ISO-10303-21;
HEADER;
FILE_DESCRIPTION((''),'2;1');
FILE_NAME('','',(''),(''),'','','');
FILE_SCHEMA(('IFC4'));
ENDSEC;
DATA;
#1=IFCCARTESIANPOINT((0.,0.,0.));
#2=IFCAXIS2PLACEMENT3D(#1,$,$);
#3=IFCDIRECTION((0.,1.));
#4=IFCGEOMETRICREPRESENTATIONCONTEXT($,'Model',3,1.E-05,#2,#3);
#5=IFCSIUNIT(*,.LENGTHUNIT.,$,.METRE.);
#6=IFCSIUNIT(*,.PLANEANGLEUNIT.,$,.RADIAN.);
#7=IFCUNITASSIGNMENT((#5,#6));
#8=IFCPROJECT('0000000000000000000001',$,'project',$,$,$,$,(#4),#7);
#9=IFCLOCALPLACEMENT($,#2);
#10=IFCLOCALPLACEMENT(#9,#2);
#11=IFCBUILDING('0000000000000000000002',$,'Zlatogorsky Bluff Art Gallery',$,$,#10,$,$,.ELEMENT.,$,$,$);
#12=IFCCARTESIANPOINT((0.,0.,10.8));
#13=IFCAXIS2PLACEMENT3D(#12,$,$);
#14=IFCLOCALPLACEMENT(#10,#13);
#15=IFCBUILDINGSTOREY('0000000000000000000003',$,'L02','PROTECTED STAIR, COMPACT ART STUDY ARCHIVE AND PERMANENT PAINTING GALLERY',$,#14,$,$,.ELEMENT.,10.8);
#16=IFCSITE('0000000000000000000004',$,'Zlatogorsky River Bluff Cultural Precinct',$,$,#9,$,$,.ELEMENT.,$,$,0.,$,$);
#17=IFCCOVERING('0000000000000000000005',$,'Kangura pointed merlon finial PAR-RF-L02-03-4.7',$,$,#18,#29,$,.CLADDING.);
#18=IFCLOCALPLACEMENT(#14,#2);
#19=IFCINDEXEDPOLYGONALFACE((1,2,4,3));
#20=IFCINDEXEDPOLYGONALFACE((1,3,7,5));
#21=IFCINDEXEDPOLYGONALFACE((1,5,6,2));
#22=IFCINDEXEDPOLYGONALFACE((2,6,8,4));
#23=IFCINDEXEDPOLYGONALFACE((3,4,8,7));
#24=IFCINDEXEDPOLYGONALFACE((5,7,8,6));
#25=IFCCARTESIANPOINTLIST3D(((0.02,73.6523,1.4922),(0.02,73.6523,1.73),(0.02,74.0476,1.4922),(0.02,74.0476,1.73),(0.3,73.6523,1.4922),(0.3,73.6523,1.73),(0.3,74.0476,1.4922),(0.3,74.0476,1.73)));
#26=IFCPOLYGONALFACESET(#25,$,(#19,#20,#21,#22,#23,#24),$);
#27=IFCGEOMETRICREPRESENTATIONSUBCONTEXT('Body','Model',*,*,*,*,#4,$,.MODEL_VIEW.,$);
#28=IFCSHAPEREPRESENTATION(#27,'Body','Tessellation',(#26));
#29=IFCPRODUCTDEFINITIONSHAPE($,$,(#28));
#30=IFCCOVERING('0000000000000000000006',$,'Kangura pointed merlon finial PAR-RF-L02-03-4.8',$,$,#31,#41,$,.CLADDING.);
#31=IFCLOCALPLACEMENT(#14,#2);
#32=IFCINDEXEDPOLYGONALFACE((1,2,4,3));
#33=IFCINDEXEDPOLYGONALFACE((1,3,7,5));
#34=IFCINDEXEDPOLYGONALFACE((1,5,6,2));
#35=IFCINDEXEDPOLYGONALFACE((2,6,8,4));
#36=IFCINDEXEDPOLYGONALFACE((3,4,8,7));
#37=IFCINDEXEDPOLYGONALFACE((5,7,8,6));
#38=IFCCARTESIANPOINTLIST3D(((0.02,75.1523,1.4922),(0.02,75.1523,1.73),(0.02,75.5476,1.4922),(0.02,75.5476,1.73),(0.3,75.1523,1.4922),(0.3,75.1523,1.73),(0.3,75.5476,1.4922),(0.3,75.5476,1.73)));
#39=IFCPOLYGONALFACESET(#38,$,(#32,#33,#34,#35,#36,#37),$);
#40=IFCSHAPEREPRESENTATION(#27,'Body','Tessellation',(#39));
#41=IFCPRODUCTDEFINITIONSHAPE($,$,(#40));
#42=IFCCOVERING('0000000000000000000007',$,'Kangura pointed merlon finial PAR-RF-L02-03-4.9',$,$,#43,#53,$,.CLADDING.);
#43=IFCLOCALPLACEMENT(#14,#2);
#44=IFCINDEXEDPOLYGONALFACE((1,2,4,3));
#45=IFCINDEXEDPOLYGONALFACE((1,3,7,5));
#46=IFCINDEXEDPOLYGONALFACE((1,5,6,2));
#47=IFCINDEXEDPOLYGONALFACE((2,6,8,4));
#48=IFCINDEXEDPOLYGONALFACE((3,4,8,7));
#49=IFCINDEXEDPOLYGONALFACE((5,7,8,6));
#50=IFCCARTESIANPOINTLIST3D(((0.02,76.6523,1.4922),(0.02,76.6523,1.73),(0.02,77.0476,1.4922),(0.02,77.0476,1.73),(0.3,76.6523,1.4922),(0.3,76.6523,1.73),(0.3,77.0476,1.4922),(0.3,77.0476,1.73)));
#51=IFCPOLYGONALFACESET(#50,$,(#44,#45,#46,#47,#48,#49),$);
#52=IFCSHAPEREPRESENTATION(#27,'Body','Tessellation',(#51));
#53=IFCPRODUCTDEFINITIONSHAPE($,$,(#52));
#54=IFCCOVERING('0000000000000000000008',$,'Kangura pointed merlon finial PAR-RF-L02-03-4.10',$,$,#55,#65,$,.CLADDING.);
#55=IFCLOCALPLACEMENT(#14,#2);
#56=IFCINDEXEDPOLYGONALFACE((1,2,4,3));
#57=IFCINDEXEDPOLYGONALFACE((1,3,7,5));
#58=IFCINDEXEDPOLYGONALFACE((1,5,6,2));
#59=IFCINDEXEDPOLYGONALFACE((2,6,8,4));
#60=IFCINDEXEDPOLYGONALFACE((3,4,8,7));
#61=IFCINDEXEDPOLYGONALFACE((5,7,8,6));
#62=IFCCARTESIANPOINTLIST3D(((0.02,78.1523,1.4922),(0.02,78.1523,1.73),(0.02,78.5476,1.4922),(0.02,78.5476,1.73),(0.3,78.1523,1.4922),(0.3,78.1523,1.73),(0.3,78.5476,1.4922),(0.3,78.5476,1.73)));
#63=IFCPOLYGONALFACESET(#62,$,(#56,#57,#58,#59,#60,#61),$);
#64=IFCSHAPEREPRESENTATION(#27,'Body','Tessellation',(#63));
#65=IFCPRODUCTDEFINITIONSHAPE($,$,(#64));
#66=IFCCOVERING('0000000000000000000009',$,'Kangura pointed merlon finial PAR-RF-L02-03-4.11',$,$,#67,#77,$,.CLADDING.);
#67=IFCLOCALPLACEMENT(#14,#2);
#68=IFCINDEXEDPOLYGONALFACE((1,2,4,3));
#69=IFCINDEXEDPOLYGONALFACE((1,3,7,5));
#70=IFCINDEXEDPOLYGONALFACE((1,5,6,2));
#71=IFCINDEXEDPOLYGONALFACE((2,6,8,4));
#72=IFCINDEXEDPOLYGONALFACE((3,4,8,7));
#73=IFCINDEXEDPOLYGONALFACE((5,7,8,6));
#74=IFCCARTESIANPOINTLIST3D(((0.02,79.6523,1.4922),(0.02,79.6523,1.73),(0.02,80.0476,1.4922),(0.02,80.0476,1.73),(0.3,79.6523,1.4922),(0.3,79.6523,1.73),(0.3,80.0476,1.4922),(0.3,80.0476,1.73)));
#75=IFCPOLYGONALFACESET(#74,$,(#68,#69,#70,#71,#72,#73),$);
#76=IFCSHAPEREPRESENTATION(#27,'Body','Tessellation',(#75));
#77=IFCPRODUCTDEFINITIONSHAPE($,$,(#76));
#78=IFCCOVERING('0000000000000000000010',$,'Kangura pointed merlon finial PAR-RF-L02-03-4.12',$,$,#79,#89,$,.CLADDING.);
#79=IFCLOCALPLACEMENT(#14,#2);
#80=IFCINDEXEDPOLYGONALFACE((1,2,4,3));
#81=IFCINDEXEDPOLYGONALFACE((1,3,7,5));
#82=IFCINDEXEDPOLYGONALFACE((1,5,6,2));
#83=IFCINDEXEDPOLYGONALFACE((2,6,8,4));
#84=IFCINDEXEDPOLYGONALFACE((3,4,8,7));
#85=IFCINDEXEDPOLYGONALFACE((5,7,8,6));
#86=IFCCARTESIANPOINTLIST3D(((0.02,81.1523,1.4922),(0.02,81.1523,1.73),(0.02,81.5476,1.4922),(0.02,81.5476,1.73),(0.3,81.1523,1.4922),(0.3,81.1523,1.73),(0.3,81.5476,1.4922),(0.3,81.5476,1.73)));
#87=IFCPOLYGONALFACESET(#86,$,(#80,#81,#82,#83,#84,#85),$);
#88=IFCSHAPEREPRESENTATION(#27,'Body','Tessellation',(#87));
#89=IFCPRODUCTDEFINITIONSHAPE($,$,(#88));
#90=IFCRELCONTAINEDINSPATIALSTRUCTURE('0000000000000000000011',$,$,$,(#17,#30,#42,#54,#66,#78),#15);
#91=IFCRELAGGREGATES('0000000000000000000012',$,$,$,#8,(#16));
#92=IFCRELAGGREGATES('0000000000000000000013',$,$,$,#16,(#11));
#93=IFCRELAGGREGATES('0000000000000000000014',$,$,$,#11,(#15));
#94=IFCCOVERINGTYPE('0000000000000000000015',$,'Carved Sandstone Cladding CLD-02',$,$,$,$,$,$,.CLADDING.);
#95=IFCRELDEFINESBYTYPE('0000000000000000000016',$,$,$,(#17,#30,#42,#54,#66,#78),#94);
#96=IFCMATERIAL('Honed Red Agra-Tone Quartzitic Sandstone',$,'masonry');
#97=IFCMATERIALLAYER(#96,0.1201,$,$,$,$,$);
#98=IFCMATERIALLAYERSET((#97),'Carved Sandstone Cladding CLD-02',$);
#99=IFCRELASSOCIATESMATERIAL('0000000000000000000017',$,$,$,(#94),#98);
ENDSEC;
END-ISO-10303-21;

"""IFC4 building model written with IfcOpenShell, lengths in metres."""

from ifc_helpers import new_model, si_unit, direction, frame, origin, place, context, subcontext, project, spatial, polyline, outline, extrude, material, layer, layer_set, type_object, element, save


model = new_model("IFC4")

# Units and contexts
model_context = context("Model", 3, precision=1e-05, world=origin(), true_north=direction((0.0, 1.0)))
body_context = subcontext(model_context, "Body", "Model", "MODEL_VIEW")
ifc_project = project(units=[si_unit("LENGTHUNIT", "METRE"), si_unit("PLANEANGLEUNIT", "RADIAN")], contexts=[model_context])

# Site, building, storey
site_placement = place(None, origin())
site = spatial("IfcSite", under=ifc_project, at=site_placement, Name="Zlatogorsky River Bluff Cultural Precinct", CompositionType="ELEMENT", RefElevation=0.0)
building_placement = place(site_placement, origin())
building = spatial("IfcBuilding", under=site, at=building_placement, Name="Zlatogorsky Bluff Art Gallery", CompositionType="ELEMENT")
storey_placement = place(building_placement, frame((0.0, 0.0, 10.8)))
storey = spatial("IfcBuildingStorey", under=building, at=storey_placement, Name="L02", Description="PROTECTED STAIR, COMPACT ART STUDY ARCHIVE AND PERMANENT PAINTING GALLERY", CompositionType="ELEMENT", Elevation=10.8)

# Coverings
ifc_material = material(Name="Honed Red Agra-Tone Quartzitic Sandstone", Category="masonry")
ifc_layer = layer(ifc_material, 0.1201)
ifc_layer_set = layer_set([ifc_layer], Name="Carved Sandstone Cladding CLD-02")
covering_type = type_object("IfcCoveringType", Name="Carved Sandstone Cladding CLD-02", PredefinedType="CLADDING", material=ifc_layer_set)
covering_1_placement = place(storey_placement, frame((0.0, 0.0, 1.4922)))
element("IfcCovering", 1, at=covering_1_placement, inside=storey, type_object=covering_type, Name="Kangura pointed merlon finial PAR-RF-L02-03-4.7", PredefinedType="CLADDING", context=body_context, shape_type="SweptSolid", body=[
    extrude(outline(polyline([(0.02, 73.6523), (0.02, 74.0476), (0.3, 74.0476), (0.3, 73.6523), (0.02, 73.6523)])), origin(), (0.0, 0.0, 1.0), 0.2378),
])
covering_2_placement = place(storey_placement, frame((0.0, 0.0, 1.4922)))
element("IfcCovering", 2, at=covering_2_placement, inside=storey, type_object=covering_type, Name="Kangura pointed merlon finial PAR-RF-L02-03-4.8", PredefinedType="CLADDING", context=body_context, shape_type="SweptSolid", body=[
    extrude(outline(polyline([(0.02, 75.1523), (0.02, 75.5476), (0.3, 75.5476), (0.3, 75.1523), (0.02, 75.1523)])), origin(), (0.0, 0.0, 1.0), 0.2378),
])
covering_3_placement = place(storey_placement, frame((0.0, 0.0, 1.4922)))
element("IfcCovering", 3, at=covering_3_placement, inside=storey, type_object=covering_type, Name="Kangura pointed merlon finial PAR-RF-L02-03-4.9", PredefinedType="CLADDING", context=body_context, shape_type="SweptSolid", body=[
    extrude(outline(polyline([(0.02, 76.6523), (0.02, 77.0476), (0.3, 77.0476), (0.3, 76.6523), (0.02, 76.6523)])), origin(), (0.0, 0.0, 1.0), 0.2378),
])
covering_4_placement = place(storey_placement, frame((0.0, 0.0, 1.4922)))
element("IfcCovering", 4, at=covering_4_placement, inside=storey, type_object=covering_type, Name="Kangura pointed merlon finial PAR-RF-L02-03-4.10", PredefinedType="CLADDING", context=body_context, shape_type="SweptSolid", body=[
    extrude(outline(polyline([(0.02, 78.1523), (0.02, 78.5476), (0.3, 78.5476), (0.3, 78.1523), (0.02, 78.1523)])), origin(), (0.0, 0.0, 1.0), 0.2378),
])
covering_5_placement = place(storey_placement, frame((0.0, 0.0, 1.4922)))
element("IfcCovering", 5, at=covering_5_placement, inside=storey, type_object=covering_type, Name="Kangura pointed merlon finial PAR-RF-L02-03-4.11", PredefinedType="CLADDING", context=body_context, shape_type="SweptSolid", body=[
    extrude(outline(polyline([(0.02, 79.6523), (0.02, 80.0476), (0.3, 80.0476), (0.3, 79.6523), (0.02, 79.6523)])), origin(), (0.0, 0.0, 1.0), 0.2378),
])
covering_6_placement = place(storey_placement, frame((0.0, 0.0, 1.4922)))
element("IfcCovering", 6, at=covering_6_placement, inside=storey, type_object=covering_type, Name="Kangura pointed merlon finial PAR-RF-L02-03-4.12", PredefinedType="CLADDING", context=body_context, shape_type="SweptSolid", body=[
    extrude(outline(polyline([(0.02, 81.1523), (0.02, 81.5476), (0.3, 81.5476), (0.3, 81.1523), (0.02, 81.1523)])), origin(), (0.0, 0.0, 1.0), 0.2378),
])

save(model, "model.ifc")
